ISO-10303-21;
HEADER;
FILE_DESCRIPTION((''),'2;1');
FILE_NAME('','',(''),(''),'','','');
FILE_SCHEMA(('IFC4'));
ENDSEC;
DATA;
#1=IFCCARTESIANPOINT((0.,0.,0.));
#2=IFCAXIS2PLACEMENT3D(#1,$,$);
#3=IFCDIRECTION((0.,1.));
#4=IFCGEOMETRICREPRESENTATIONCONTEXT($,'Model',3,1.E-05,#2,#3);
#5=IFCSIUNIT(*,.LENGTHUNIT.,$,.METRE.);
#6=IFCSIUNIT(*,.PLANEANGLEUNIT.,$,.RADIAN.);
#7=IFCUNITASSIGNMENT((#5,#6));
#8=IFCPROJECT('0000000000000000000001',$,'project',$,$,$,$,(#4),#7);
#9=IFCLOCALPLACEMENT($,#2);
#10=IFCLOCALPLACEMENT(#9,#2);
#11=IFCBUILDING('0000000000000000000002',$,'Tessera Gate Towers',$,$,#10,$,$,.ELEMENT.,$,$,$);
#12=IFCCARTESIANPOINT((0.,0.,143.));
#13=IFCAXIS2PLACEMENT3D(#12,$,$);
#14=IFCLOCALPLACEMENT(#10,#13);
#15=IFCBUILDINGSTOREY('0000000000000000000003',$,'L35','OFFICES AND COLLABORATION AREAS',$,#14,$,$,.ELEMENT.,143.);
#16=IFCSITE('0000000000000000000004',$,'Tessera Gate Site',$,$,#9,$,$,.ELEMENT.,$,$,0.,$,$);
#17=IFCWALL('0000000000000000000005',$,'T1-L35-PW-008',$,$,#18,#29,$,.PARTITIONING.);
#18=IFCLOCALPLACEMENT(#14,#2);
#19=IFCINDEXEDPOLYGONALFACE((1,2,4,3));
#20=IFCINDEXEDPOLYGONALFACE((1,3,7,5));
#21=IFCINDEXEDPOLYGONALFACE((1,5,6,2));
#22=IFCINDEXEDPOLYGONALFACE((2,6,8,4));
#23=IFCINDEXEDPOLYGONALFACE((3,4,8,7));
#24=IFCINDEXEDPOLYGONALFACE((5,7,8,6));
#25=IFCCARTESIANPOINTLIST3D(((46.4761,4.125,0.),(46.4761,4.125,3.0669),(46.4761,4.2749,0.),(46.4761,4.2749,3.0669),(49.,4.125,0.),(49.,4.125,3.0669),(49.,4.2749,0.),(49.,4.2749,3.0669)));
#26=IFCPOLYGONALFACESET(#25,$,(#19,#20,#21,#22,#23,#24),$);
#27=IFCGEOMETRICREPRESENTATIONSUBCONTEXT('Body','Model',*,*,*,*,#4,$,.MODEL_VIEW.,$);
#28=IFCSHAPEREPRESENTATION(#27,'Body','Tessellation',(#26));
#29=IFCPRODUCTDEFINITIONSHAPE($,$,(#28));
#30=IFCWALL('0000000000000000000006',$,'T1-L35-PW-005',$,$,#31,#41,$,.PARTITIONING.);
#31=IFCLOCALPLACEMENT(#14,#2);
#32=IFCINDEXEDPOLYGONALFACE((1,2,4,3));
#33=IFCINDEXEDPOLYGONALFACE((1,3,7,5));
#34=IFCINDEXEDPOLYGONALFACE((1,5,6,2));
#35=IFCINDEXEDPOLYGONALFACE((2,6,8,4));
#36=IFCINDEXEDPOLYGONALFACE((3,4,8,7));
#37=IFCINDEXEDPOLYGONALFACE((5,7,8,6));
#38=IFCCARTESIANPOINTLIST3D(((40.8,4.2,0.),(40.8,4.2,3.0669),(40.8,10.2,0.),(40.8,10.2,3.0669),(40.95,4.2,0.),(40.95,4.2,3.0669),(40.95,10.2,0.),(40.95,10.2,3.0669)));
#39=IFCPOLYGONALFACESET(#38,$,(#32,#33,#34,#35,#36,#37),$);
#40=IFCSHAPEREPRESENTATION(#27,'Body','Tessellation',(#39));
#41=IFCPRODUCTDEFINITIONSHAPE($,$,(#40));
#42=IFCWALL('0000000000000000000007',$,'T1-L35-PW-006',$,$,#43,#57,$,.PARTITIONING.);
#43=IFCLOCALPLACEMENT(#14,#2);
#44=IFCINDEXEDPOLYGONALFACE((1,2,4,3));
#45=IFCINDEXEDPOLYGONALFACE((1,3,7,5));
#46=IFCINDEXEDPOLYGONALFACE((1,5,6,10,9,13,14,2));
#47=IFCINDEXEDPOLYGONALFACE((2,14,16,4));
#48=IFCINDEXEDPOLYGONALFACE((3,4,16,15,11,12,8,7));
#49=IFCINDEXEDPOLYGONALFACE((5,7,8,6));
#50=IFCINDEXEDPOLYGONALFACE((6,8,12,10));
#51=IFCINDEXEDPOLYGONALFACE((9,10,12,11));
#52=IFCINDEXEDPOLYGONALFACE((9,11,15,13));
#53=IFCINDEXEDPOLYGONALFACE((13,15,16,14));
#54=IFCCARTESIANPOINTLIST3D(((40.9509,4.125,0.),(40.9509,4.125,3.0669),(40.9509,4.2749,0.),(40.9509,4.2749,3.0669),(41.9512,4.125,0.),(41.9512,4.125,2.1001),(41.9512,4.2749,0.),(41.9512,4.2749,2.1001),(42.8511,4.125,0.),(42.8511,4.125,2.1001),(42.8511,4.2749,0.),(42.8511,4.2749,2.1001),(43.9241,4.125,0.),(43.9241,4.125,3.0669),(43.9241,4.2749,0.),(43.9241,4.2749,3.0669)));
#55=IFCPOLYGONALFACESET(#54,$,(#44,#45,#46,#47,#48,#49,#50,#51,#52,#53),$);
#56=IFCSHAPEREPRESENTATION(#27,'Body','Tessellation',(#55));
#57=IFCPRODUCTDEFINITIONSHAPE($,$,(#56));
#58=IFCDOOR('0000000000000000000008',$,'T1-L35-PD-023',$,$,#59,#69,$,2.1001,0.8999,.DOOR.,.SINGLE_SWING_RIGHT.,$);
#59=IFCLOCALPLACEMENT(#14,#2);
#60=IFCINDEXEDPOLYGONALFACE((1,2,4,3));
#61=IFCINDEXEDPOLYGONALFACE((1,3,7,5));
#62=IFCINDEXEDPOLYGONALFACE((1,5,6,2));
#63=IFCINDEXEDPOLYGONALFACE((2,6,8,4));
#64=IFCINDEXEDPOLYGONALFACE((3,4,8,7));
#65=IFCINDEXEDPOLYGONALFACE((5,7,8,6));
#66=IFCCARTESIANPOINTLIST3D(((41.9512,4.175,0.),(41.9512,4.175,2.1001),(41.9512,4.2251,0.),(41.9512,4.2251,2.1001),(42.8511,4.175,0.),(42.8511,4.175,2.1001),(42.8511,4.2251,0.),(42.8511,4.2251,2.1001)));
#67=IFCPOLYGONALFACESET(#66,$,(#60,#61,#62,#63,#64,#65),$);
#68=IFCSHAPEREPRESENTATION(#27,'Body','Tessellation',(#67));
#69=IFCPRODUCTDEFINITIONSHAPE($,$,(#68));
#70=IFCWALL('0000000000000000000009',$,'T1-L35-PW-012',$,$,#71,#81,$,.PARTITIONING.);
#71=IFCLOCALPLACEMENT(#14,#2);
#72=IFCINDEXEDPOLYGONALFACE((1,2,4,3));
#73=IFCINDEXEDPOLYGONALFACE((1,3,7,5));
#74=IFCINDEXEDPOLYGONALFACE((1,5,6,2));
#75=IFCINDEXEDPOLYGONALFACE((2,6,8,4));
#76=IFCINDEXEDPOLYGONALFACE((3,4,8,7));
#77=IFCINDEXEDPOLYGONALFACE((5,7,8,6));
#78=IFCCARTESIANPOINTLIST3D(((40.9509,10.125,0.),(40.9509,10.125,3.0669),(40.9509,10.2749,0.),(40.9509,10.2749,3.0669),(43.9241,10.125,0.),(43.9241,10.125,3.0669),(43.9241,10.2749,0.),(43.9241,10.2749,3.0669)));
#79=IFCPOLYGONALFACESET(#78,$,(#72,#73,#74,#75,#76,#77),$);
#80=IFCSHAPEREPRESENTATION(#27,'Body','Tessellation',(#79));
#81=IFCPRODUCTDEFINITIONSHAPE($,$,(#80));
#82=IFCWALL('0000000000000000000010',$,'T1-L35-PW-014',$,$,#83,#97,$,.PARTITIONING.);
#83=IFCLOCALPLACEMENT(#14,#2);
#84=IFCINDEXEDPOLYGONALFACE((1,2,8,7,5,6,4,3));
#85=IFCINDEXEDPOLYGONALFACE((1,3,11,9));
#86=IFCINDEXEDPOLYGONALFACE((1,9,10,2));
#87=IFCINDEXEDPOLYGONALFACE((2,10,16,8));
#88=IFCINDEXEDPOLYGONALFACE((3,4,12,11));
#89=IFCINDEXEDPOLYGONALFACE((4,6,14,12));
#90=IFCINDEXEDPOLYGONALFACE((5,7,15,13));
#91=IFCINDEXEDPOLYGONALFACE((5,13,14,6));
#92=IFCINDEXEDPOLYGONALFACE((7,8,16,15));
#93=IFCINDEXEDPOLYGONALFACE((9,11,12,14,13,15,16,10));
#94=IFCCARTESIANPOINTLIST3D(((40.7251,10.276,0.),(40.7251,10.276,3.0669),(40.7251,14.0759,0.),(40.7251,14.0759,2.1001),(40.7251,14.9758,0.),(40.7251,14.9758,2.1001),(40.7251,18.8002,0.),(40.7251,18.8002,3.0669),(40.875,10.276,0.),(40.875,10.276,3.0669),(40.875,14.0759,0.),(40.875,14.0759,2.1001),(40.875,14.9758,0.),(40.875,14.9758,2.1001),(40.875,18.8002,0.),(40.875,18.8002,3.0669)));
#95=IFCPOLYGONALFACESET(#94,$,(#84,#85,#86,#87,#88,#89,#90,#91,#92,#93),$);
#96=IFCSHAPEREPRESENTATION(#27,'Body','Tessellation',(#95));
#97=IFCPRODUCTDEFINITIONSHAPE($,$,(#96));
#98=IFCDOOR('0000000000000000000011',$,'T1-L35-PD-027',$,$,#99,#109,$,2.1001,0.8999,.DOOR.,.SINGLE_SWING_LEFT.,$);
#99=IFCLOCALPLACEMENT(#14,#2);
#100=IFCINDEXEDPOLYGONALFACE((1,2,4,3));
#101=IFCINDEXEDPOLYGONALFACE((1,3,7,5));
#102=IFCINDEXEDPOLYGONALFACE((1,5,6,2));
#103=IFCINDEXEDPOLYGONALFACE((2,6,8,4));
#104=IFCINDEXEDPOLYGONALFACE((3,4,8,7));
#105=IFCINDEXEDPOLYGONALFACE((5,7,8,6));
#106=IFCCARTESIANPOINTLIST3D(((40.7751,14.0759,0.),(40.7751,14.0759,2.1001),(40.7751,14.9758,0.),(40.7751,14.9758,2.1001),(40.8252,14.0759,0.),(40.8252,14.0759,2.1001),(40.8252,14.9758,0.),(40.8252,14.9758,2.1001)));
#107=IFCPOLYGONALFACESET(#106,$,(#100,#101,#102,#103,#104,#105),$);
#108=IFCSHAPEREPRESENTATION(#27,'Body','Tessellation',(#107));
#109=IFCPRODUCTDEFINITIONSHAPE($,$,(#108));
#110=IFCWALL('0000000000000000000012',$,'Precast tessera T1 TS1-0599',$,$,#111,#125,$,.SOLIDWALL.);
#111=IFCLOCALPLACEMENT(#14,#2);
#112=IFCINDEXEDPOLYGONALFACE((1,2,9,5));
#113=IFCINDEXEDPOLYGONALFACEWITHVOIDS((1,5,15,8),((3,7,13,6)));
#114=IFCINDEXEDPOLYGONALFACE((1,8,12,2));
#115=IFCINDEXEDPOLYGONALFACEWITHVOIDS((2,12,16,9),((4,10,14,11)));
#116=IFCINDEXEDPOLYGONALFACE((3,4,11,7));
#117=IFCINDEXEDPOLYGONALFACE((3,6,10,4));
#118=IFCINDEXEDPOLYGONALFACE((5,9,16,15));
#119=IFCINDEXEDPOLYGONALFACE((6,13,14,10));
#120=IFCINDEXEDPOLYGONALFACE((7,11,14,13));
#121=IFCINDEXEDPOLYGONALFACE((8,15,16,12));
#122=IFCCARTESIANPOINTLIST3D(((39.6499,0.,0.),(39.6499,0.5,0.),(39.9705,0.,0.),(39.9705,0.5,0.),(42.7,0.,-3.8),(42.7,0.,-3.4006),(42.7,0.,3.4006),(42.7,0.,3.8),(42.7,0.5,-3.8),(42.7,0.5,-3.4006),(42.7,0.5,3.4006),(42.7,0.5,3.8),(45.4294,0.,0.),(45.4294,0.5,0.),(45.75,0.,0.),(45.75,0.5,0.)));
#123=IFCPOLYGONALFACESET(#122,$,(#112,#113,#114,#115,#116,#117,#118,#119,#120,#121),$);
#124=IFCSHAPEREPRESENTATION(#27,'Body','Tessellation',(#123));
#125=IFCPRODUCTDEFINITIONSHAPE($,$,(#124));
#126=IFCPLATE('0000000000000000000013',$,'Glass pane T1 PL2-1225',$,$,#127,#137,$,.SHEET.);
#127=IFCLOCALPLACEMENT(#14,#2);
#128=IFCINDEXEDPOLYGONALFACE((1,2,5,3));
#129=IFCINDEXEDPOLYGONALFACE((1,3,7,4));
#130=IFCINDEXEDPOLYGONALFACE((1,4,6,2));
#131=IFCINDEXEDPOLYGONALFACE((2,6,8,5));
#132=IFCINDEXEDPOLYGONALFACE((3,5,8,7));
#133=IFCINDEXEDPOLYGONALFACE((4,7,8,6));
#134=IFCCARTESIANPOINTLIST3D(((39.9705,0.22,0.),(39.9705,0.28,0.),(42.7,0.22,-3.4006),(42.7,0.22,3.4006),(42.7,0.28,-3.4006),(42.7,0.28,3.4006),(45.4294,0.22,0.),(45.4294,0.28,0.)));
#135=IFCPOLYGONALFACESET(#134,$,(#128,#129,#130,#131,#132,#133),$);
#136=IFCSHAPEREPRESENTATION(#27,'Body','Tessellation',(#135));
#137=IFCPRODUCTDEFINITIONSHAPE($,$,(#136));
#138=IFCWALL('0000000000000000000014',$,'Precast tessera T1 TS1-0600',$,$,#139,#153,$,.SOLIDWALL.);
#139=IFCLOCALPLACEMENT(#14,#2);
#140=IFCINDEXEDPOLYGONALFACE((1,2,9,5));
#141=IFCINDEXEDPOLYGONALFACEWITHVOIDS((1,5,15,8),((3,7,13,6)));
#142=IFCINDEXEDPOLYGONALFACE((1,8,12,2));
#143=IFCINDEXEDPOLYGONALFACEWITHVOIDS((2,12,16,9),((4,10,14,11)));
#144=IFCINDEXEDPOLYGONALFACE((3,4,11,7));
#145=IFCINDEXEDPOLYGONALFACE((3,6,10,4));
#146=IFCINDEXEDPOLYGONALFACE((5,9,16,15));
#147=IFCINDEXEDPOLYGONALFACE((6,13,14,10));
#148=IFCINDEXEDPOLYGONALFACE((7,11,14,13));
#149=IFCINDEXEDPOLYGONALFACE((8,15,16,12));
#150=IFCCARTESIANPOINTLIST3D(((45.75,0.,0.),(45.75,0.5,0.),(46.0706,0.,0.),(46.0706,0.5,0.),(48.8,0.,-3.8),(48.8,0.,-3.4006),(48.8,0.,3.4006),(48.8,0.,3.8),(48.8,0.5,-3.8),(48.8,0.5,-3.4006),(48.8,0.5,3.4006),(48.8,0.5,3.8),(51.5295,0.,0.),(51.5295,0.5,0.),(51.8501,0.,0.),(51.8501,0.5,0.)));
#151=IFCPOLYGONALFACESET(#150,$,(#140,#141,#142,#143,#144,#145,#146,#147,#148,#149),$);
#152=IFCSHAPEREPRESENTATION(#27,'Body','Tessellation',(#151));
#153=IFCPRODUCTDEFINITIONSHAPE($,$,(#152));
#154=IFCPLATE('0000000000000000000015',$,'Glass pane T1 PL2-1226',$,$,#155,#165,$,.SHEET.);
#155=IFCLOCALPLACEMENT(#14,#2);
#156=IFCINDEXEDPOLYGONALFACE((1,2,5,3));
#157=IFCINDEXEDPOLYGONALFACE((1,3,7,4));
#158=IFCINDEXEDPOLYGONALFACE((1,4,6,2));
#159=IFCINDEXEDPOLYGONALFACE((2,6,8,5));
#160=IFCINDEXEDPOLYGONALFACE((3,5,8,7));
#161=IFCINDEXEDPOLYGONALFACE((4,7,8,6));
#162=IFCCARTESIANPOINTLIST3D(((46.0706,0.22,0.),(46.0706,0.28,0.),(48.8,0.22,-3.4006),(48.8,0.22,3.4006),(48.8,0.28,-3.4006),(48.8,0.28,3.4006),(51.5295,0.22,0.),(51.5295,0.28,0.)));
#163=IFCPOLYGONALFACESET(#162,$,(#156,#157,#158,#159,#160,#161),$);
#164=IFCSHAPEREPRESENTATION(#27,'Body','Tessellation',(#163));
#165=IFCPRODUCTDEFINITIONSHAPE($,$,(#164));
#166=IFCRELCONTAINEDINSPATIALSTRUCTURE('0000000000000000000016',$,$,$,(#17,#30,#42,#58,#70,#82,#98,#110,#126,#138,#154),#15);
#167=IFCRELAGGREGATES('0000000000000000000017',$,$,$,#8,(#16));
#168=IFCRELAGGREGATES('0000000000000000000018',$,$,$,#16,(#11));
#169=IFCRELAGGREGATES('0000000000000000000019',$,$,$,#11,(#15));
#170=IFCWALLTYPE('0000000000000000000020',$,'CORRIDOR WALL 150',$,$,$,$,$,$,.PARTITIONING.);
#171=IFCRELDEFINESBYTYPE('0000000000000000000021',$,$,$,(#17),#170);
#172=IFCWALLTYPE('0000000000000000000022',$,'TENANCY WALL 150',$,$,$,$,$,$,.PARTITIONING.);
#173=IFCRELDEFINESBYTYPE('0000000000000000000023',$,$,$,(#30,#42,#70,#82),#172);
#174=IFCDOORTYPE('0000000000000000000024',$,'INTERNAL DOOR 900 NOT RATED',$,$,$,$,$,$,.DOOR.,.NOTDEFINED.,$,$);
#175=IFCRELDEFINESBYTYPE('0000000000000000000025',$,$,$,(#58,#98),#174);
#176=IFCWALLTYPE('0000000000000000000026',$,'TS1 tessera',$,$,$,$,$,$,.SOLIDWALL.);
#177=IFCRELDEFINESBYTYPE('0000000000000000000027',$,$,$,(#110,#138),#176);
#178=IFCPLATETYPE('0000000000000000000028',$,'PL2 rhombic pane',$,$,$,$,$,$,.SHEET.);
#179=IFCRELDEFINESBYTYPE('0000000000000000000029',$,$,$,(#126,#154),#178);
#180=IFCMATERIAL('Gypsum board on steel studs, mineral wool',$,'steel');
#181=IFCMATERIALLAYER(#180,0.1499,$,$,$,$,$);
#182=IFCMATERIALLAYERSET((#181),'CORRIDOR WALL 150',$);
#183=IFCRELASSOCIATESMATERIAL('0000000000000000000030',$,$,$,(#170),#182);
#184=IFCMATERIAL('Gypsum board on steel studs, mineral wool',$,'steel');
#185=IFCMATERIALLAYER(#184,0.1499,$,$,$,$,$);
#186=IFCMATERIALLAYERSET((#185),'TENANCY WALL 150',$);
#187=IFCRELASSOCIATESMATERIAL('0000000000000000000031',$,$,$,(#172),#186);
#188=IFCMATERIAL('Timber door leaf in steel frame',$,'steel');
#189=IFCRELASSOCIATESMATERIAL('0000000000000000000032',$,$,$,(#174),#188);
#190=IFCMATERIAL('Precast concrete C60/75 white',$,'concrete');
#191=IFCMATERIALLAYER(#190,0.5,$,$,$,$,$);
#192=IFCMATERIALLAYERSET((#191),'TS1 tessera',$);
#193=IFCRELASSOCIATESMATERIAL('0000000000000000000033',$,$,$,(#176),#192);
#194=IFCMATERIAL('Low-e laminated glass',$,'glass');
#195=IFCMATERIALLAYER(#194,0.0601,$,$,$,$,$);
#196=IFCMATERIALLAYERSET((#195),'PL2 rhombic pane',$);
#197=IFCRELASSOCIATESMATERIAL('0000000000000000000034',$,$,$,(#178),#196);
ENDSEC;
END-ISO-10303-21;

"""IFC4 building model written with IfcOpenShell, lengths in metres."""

from ifc_helpers import new_model, si_unit, direction, frame, frame_2d, origin, place, context, subcontext, project, spatial, polyline, rectangle, outline, extrude, source, transform, mapped, material, layer, layer_set, type_object, element, fill, save


model = new_model("IFC4")

# Units and contexts
model_context = context("Model", 3, precision=1e-05, world=origin(), true_north=direction((0.0, 1.0)))
body_context = subcontext(model_context, "Body", "Model", "MODEL_VIEW")
ifc_project = project(units=[si_unit("LENGTHUNIT", "METRE"), si_unit("PLANEANGLEUNIT", "RADIAN")], contexts=[model_context])

# Site, building, storey
site_placement = place(None, origin())
site = spatial("IfcSite", under=ifc_project, at=site_placement, Name="Tessera Gate Site", CompositionType="ELEMENT", RefElevation=0.0)
building_placement = place(site_placement, origin())
building = spatial("IfcBuilding", under=site, at=building_placement, Name="Tessera Gate Towers", CompositionType="ELEMENT")
storey_placement = place(building_placement, frame((0.0, 0.0, 143.0)))
storey = spatial("IfcBuildingStorey", under=building, at=storey_placement, Name="L35", Description="OFFICES AND COLLABORATION AREAS", CompositionType="ELEMENT", Elevation=143.0)

# Shared definitions
ifc_material_1 = material(Name="Gypsum board on steel studs, mineral wool", Category="steel")
ifc_layer_1 = layer(ifc_material_1, 0.1499)
ifc_layer_set_1 = layer_set([ifc_layer_1], Name="CORRIDOR WALL 150")
wall_type_1 = type_object("IfcWallType", Name="CORRIDOR WALL 150", PredefinedType="PARTITIONING", material=ifc_layer_set_1)

# Walls
wall_1_placement = place(storey_placement, frame((46.4761, 4.2, 0.0), z_axis=(0.0, 0.0, 1.0), x_axis=(1.0, 0.0, 0.0)))
element("IfcWall", 1, at=wall_1_placement, inside=storey, type_object=wall_type_1, Name="T1-L35-PW-008", PredefinedType="PARTITIONING", context=body_context, shape_type="SweptSolid", body=[
    extrude(rectangle(XDim=2.5239, YDim=0.1499, at=frame_2d((1.262, 0.0))), origin(), (0.0, 0.0, 1.0), 3.0669),
])
ifc_material_2 = material(Name="Gypsum board on steel studs, mineral wool", Category="steel")
ifc_layer_2 = layer(ifc_material_2, 0.1499)
ifc_layer_set_2 = layer_set([ifc_layer_2], Name="TENANCY WALL 150")
wall_type_2 = type_object("IfcWallType", Name="TENANCY WALL 150", PredefinedType="PARTITIONING", material=ifc_layer_set_2)
wall_2_placement = place(storey_placement, frame((40.875, 4.2, 0.0), z_axis=(0.0, 0.0, 1.0), x_axis=(0.0, 1.0, 0.0)))
element("IfcWall", 2, at=wall_2_placement, inside=storey, type_object=wall_type_2, Name="T1-L35-PW-005", PredefinedType="PARTITIONING", context=body_context, shape_type="SweptSolid", body=[
    extrude(rectangle(XDim=6.0, YDim=0.1499, at=frame_2d((3.0, 0.0))), origin(), (0.0, 0.0, 1.0), 3.0669),
])

# Wall, opening, door
wall_3_placement = place(storey_placement, frame((43.9241, 4.2, 0.0), z_axis=(0.0, 0.0, 1.0), x_axis=(-1.0, 0.0, 0.0)))
wall_3 = element("IfcWall", 3, at=wall_3_placement, inside=storey, type_object=wall_type_2, Name="T1-L35-PW-006", PredefinedType="PARTITIONING", context=body_context, shape_type="SweptSolid", body=[
    extrude(rectangle(XDim=2.9731, YDim=0.1499, at=frame_2d((1.4866, 0.0))), origin(), (0.0, 0.0, 1.0), 3.0669),
])
shared_shape_1 = source(origin(), body_context, "Body", "SweptSolid", [
    extrude(rectangle(XDim=0.8999, YDim=2.1001, at=frame_2d((0.45, 1.05))), frame((0.0, 0.085, 0.0), z_axis=(0.0, -1.0, 0.0), x_axis=(1.0, 0.0, 0.0)), (0.0, 0.0, 1.0), 0.1699),
])
opening_1_placement = place(wall_3_placement, frame((1.073, 0.0, 0.0)))
opening_1 = element("IfcOpeningElement", 4, at=opening_1_placement, cuts=wall_3, PredefinedType="OPENING", context=body_context, shape_type="MappedRepresentation", body=[
    mapped(shared_shape_1, transform((0.0, 0.0, 0.0), scale=1.0)),
])
ifc_material_3 = material(Name="Timber door leaf in steel frame", Category="steel")
door_type_1 = type_object("IfcDoorType", Name="INTERNAL DOOR 900 NOT RATED", OperationType="NOTDEFINED", PredefinedType="DOOR", material=ifc_material_3)
shared_shape_2 = source(origin(), body_context, "Body", "SweptSolid", [
    extrude(rectangle(XDim=0.8999, YDim=2.1001, at=frame_2d((0.45, 1.05))), frame((0.0, 0.0249, 0.0), z_axis=(0.0, -1.0, 0.0), x_axis=(1.0, 0.0, 0.0)), (0.0, 0.0, 1.0), 0.05),
])
door_1_placement = place(opening_1_placement, origin())
door_1 = element("IfcDoor", 5, at=door_1_placement, inside=storey, type_object=door_type_1, Name="T1-L35-PD-023", OperationType="SINGLE_SWING_RIGHT", OverallHeight=2.1001, OverallWidth=0.8999, PredefinedType="DOOR", context=body_context, shape_type="MappedRepresentation", body=[
    mapped(shared_shape_2, transform((0.0, 0.0, 0.0), scale=1.0)),
])
fill(opening_1, door_1)

# Wall
wall_4_placement = place(storey_placement, frame((40.9509, 10.2, 0.0), z_axis=(0.0, 0.0, 1.0), x_axis=(1.0, 0.0, 0.0)))
element("IfcWall", 6, at=wall_4_placement, inside=storey, type_object=wall_type_2, Name="T1-L35-PW-012", PredefinedType="PARTITIONING", context=body_context, shape_type="SweptSolid", body=[
    extrude(rectangle(XDim=2.9731, YDim=0.1499, at=frame_2d((1.4866, 0.0))), origin(), (0.0, 0.0, 1.0), 3.0669),
])

# Wall, opening, door
wall_5_placement = place(storey_placement, frame((40.8, 10.2759, 0.0), z_axis=(0.0, 0.0, 1.0), x_axis=(0.0, 1.0, 0.0)))
wall_5 = element("IfcWall", 7, at=wall_5_placement, inside=storey, type_object=wall_type_2, Name="T1-L35-PW-014", PredefinedType="PARTITIONING", context=body_context, shape_type="SweptSolid", body=[
    extrude(rectangle(XDim=8.5242, YDim=0.1499, at=frame_2d((4.2622, 0.0))), origin(), (0.0, 0.0, 1.0), 3.0669),
])
opening_2_placement = place(wall_5_placement, frame((3.8, 0.0, 0.0)))
opening_2 = element("IfcOpeningElement", 8, at=opening_2_placement, cuts=wall_5, PredefinedType="OPENING", context=body_context, shape_type="MappedRepresentation", body=[
    mapped(shared_shape_1, transform((0.0, 0.0, 0.0), scale=1.0)),
])
door_2_placement = place(opening_2_placement, origin())
door_2 = element("IfcDoor", 9, at=door_2_placement, inside=storey, type_object=door_type_1, Name="T1-L35-PD-027", OperationType="SINGLE_SWING_LEFT", OverallHeight=2.1001, OverallWidth=0.8999, PredefinedType="DOOR", context=body_context, shape_type="MappedRepresentation", body=[
    mapped(shared_shape_2, transform((0.0, 0.0, 0.0), scale=1.0)),
])
fill(opening_2, door_2)

# Walls, openings, plates
ifc_material_4 = material(Name="Precast concrete C60/75 white", Category="concrete")
ifc_layer_3 = layer(ifc_material_4, 0.5)
ifc_layer_set_3 = layer_set([ifc_layer_3], Name="TS1 tessera")
wall_type_3 = type_object("IfcWallType", Name="TS1 tessera", PredefinedType="SOLIDWALL", material=ifc_layer_set_3)
shared_shape_3 = source(origin(), body_context, "Body", "SweptSolid", [
    extrude(outline(polyline([(3.05, 0.0), (6.1001, 3.8), (3.05, 7.6001), (0.0, 3.8), (3.05, 0.0)])), frame((0.0, 0.25, 0.0), z_axis=(0.0, -1.0, 0.0), x_axis=(1.0, 0.0, 0.0)), (0.0, 0.0, 1.0), 0.5),
])
wall_6_placement = place(storey_placement, frame((39.6499, 0.25, -3.8), z_axis=(0.0, 0.0, 1.0), x_axis=(1.0, 0.0, 0.0)))
wall_6 = element("IfcWall", 10, at=wall_6_placement, inside=storey, type_object=wall_type_3, Name="Precast tessera T1 TS1-0599", PredefinedType="SOLIDWALL", context=body_context, shape_type="MappedRepresentation", body=[
    mapped(shared_shape_3, transform((0.0, 0.0, 0.0), scale=1.0)),
])
shared_shape_4 = source(origin(), body_context, "Body", "SweptSolid", [
    extrude(outline(polyline([(3.05, 0.3994), (5.7795, 3.8), (3.05, 7.2007), (0.3206, 3.8), (3.05, 0.3994)])), frame((0.0, 0.26, 0.0), z_axis=(0.0, -1.0, 0.0), x_axis=(1.0, 0.0, 0.0)), (0.0, 0.0, 1.0), 0.52),
])
opening_3_placement = place(wall_6_placement, origin())
opening_3 = element("IfcOpeningElement", 11, at=opening_3_placement, cuts=wall_6, PredefinedType="OPENING", context=body_context, shape_type="MappedRepresentation", body=[
    mapped(shared_shape_4, transform((0.0, 0.0, 0.0), scale=1.0)),
])
ifc_material_5 = material(Name="Low-e laminated glass", Category="glass")
ifc_layer_4 = layer(ifc_material_5, 0.0601)
ifc_layer_set_4 = layer_set([ifc_layer_4], Name="PL2 rhombic pane")
plate_type = type_object("IfcPlateType", Name="PL2 rhombic pane", PredefinedType="SHEET", material=ifc_layer_set_4)
shared_shape_5 = source(origin(), body_context, "Body", "SweptSolid", [
    extrude(outline(polyline([(3.05, 0.3994), (5.7795, 3.8), (3.05, 7.2007), (0.3206, 3.8), (3.05, 0.3994)])), frame((0.0, 0.03, 0.0), z_axis=(0.0, -1.0, 0.0), x_axis=(1.0, 0.0, 0.0)), (0.0, 0.0, 1.0), 0.0601),
])
plate_1_placement = place(opening_3_placement, origin())
plate_1 = element("IfcPlate", 12, at=plate_1_placement, inside=storey, type_object=plate_type, Name="Glass pane T1 PL2-1225", PredefinedType="SHEET", context=body_context, shape_type="MappedRepresentation", body=[
    mapped(shared_shape_5, transform((0.0, 0.0, 0.0), scale=1.0)),
])
fill(opening_3, plate_1)
wall_7_placement = place(storey_placement, frame((45.75, 0.25, -3.8), z_axis=(0.0, 0.0, 1.0), x_axis=(1.0, 0.0, 0.0)))
wall_7 = element("IfcWall", 13, at=wall_7_placement, inside=storey, type_object=wall_type_3, Name="Precast tessera T1 TS1-0600", PredefinedType="SOLIDWALL", context=body_context, shape_type="MappedRepresentation", body=[
    mapped(shared_shape_3, transform((0.0, 0.0, 0.0), scale=1.0)),
])
opening_4_placement = place(wall_7_placement, origin())
opening_4 = element("IfcOpeningElement", 14, at=opening_4_placement, cuts=wall_7, PredefinedType="OPENING", context=body_context, shape_type="MappedRepresentation", body=[
    mapped(shared_shape_4, transform((0.0, 0.0, 0.0), scale=1.0)),
])
plate_2_placement = place(opening_4_placement, origin())
plate_2 = element("IfcPlate", 15, at=plate_2_placement, inside=storey, type_object=plate_type, Name="Glass pane T1 PL2-1226", PredefinedType="SHEET", context=body_context, shape_type="MappedRepresentation", body=[
    mapped(shared_shape_5, transform((0.0, 0.0, 0.0), scale=1.0)),
])
fill(opening_4, plate_2)

save(model, "model.ifc")
